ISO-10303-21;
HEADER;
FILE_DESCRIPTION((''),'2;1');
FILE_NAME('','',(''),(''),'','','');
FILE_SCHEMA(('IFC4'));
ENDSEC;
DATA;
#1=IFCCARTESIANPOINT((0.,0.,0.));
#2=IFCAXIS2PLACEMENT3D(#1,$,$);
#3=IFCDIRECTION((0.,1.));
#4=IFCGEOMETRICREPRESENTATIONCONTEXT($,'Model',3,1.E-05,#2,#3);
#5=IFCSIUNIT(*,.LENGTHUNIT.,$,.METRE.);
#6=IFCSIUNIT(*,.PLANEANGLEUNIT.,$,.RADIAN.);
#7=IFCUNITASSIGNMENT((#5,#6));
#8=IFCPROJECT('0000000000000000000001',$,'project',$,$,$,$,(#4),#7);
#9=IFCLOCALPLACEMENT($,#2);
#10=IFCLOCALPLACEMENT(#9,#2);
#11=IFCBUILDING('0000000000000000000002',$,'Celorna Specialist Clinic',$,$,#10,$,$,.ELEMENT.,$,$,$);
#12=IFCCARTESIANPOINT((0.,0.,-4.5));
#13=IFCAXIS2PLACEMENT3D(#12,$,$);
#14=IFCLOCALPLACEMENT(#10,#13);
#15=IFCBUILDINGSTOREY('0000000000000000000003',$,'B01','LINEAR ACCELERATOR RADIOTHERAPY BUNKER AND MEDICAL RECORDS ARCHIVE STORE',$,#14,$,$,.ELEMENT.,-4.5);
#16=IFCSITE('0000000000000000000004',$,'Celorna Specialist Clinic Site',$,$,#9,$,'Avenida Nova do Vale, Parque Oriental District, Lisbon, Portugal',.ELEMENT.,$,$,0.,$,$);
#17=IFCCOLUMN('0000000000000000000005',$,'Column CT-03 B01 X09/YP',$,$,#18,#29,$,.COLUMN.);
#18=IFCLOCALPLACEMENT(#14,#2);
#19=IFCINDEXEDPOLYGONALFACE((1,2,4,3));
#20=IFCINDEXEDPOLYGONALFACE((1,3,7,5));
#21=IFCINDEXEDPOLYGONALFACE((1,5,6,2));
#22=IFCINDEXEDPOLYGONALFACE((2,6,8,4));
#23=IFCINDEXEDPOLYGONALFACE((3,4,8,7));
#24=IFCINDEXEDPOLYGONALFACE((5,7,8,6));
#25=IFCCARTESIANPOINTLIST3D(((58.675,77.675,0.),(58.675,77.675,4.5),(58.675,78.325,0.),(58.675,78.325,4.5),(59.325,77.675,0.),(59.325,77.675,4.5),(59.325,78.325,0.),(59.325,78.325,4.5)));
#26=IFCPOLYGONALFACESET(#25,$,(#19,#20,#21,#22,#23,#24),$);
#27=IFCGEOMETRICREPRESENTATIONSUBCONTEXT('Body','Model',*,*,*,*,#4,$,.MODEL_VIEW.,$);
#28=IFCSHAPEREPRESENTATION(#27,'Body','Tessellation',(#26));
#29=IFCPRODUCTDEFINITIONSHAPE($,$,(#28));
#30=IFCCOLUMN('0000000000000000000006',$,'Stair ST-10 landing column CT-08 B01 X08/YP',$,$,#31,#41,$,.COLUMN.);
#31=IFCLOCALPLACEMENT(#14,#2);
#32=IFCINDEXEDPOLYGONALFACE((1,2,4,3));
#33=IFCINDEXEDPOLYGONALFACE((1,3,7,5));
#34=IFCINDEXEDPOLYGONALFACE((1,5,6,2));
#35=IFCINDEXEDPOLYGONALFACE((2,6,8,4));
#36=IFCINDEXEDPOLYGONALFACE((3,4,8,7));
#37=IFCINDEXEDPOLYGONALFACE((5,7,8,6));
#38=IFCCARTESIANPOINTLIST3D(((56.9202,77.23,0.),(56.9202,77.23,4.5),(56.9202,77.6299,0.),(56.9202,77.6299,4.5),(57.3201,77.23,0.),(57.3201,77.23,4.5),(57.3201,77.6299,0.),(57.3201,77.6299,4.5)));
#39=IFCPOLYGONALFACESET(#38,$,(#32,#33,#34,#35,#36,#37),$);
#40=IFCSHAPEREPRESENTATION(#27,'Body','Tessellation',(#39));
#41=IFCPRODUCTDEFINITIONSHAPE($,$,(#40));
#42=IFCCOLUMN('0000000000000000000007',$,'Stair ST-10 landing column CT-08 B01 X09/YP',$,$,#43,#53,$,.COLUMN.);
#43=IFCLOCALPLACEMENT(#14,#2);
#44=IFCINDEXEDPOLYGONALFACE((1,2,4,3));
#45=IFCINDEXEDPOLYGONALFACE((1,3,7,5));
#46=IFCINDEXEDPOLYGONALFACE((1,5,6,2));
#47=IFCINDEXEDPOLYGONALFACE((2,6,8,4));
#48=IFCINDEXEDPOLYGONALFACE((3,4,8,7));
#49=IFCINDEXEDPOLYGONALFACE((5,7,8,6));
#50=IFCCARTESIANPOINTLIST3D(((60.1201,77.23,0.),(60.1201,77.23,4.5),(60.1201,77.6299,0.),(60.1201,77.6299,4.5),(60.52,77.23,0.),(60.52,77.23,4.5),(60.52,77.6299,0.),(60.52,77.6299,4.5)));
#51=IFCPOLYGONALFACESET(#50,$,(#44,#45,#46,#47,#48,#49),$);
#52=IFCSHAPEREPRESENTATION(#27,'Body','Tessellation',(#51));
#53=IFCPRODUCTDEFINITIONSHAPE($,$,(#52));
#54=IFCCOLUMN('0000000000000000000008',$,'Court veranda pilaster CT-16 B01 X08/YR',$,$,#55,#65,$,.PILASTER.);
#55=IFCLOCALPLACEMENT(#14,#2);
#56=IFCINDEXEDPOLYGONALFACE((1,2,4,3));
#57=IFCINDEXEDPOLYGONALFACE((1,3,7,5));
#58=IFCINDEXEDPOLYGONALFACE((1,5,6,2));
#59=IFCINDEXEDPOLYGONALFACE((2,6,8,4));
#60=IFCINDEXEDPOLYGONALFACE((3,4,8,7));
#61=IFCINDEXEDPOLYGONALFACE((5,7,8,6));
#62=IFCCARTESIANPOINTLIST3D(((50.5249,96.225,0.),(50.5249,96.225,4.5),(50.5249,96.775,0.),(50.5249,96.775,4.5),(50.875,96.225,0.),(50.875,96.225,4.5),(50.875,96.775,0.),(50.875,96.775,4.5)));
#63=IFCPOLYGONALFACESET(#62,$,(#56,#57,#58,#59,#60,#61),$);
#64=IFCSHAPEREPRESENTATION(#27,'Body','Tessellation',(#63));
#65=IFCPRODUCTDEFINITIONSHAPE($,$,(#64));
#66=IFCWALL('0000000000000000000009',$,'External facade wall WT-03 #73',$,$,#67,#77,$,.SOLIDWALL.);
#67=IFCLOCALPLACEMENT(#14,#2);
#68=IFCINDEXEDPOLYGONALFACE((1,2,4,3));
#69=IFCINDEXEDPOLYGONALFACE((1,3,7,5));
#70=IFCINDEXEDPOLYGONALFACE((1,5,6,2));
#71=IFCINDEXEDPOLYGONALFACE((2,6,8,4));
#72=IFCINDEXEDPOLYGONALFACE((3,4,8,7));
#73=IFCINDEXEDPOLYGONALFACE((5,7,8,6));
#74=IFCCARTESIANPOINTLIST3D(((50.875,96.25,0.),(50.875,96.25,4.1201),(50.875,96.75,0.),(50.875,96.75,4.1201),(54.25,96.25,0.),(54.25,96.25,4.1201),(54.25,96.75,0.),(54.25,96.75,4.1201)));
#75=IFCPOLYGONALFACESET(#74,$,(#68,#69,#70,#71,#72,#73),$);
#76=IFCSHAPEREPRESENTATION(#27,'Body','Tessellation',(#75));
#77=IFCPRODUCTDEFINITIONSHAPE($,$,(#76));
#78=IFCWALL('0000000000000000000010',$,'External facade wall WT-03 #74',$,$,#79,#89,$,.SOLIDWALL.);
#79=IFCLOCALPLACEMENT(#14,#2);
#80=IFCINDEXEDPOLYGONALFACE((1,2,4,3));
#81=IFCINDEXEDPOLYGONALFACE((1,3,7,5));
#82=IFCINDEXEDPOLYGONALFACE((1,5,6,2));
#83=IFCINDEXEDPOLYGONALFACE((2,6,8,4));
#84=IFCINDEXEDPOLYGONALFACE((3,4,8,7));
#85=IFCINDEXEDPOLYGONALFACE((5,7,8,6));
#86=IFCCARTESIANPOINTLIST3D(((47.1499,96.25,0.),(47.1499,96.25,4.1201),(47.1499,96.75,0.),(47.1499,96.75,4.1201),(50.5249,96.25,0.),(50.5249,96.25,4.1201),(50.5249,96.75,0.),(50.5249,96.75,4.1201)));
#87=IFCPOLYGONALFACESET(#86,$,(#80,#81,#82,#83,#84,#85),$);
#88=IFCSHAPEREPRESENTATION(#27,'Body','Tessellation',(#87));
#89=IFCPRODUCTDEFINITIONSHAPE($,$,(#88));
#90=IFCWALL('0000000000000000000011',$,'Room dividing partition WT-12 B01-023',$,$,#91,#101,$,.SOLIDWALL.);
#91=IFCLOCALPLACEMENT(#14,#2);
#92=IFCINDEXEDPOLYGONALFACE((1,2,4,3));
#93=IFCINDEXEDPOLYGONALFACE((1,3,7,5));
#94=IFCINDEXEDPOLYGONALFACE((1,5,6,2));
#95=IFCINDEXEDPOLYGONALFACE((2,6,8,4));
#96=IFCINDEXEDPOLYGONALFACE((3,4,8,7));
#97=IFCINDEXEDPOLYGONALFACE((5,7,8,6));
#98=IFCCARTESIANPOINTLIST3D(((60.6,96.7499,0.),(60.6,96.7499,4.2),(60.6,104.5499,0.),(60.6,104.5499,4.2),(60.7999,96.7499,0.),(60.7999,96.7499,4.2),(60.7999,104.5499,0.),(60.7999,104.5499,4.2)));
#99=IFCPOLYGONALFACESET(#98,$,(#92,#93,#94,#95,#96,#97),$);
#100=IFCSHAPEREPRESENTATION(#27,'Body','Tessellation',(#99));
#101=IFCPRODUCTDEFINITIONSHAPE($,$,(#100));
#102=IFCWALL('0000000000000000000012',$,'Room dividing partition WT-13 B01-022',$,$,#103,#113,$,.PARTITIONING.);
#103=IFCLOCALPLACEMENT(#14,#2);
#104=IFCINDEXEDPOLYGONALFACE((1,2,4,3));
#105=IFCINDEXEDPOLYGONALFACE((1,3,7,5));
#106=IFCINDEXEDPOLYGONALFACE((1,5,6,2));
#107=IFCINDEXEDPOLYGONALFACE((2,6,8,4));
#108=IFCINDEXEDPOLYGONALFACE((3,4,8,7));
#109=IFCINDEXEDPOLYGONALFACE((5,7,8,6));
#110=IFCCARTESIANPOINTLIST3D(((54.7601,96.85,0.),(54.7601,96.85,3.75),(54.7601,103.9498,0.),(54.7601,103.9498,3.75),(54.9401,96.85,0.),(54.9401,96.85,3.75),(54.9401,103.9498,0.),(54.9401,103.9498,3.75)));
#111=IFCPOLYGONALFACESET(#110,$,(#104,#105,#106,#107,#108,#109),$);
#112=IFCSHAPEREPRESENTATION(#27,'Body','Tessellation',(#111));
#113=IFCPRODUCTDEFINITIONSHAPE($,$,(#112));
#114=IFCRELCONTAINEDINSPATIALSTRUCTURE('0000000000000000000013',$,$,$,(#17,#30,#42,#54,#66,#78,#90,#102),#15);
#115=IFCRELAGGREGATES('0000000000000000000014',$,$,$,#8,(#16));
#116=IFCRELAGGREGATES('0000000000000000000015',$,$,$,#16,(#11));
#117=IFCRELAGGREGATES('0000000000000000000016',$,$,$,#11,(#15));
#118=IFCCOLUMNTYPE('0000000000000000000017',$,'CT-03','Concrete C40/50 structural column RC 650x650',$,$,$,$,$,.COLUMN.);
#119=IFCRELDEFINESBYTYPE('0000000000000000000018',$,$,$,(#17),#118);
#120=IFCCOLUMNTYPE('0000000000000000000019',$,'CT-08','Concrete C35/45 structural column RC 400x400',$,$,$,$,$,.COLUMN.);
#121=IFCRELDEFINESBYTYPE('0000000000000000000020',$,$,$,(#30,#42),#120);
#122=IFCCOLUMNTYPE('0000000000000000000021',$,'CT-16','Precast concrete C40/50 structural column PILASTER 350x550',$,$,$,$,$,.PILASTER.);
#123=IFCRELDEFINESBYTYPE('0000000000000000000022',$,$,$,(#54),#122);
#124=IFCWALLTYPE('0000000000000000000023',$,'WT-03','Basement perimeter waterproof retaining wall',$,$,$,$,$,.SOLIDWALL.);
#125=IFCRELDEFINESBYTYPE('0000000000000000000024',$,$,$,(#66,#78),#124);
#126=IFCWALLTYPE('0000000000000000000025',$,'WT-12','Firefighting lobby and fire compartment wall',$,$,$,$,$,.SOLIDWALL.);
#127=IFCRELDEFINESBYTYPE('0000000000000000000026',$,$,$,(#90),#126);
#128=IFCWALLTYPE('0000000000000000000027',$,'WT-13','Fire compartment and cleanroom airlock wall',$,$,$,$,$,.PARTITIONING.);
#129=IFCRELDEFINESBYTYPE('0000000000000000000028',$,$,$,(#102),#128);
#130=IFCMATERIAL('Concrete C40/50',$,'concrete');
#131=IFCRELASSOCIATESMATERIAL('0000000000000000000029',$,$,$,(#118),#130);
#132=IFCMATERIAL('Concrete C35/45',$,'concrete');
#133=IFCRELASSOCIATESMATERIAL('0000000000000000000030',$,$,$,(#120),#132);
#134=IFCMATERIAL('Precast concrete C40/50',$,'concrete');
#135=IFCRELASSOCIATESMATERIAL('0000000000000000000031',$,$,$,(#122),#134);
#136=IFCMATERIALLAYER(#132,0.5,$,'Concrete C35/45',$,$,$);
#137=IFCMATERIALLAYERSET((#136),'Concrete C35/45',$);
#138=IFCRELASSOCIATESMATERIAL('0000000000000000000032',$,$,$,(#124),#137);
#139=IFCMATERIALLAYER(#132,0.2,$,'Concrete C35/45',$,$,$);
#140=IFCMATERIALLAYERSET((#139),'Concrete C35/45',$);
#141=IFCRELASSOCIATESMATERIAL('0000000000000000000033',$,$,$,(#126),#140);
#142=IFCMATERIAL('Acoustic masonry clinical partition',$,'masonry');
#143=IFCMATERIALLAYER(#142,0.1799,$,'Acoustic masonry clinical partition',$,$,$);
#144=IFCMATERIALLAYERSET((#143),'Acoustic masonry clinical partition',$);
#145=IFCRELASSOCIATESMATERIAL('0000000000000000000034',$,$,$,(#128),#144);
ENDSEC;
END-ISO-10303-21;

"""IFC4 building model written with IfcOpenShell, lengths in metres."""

from ifc_helpers import new_model, si_unit, direction, frame, frame_2d, origin, origin_2d, place, context, subcontext, project, spatial, rectangle, extrude, material, layer, layer_set, material_profile, profile_set, type_object, element, save


model = new_model("IFC4")

# Units and contexts
model_context = context("Model", 3, precision=1e-05, world=origin(), true_north=direction((0.0, 1.0)))
body_context = subcontext(model_context, "Body", "Model", "MODEL_VIEW")
ifc_project = project(units=[si_unit("LENGTHUNIT", "METRE"), si_unit("PLANEANGLEUNIT", "RADIAN")], contexts=[model_context])

# Site, building, storey
site_placement = place(None, origin())
site = spatial("IfcSite", under=ifc_project, at=site_placement, Name="Celorna Specialist Clinic Site", LongName="Avenida Nova do Vale, Parque Oriental District, Lisbon, Portugal", CompositionType="ELEMENT", RefElevation=0.0)
building_placement = place(site_placement, origin())
building = spatial("IfcBuilding", under=site, at=building_placement, Name="Celorna Specialist Clinic", CompositionType="ELEMENT")
storey_placement = place(building_placement, frame((0.0, 0.0, -4.5)))
storey = spatial("IfcBuildingStorey", under=building, at=storey_placement, Name="B01", Description="LINEAR ACCELERATOR RADIOTHERAPY BUNKER AND MEDICAL RECORDS ARCHIVE STORE", CompositionType="ELEMENT", Elevation=-4.5)

# Shared definitions
ifc_material_1 = material(Name="Concrete C35/45", Category="concrete")

# Columns
ifc_material_2 = material(Name="Concrete C40/50", Category="concrete")
ifc_material_profile_1 = material_profile(ifc_material_2, rectangle(XDim=0.6499, YDim=0.6499, at=origin_2d()), Name="RC 650x650")
ifc_profile_set_1 = profile_set([ifc_material_profile_1], Name="Concrete C40/50")
column_type_1 = type_object("IfcColumnType", Name="CT-03", Description="Concrete C40/50 structural column RC 650x650", PredefinedType="COLUMN", material=ifc_profile_set_1)
for number, where, z_axis, x_axis, name in (
    (1, (59.0, 78.0, 0.0), (0.0, 0.0, 1.0), (1.0, 0.0, 0.0), "Column CT-03 B01 X09/YP"),
):
    element("IfcColumn", number, at=place(storey_placement, frame(where, z_axis=z_axis, x_axis=x_axis)), inside=storey, type_object=column_type_1, Name=name, PredefinedType="COLUMN", context=body_context, shape_type="SweptSolid", body=[
        extrude(rectangle(XDim=0.6499, YDim=0.6499, at=origin_2d()), origin(), (0.0, 0.0, 1.0), 4.5),
    ])
ifc_material_profile_2 = material_profile(ifc_material_1, rectangle(XDim=0.3999, YDim=0.3999, at=origin_2d()), Name="RC 400x400")
ifc_profile_set_2 = profile_set([ifc_material_profile_2], Name="Concrete C35/45")
column_type_2 = type_object("IfcColumnType", Name="CT-08", Description="Concrete C35/45 structural column RC 400x400", PredefinedType="COLUMN", material=ifc_profile_set_2)
for number, where, z_axis, x_axis, name in (
    (2, (57.1201, 77.4299, 0.0), (0.0, 0.0, 1.0), (1.0, 0.0, 0.0), "Stair ST-10 landing column CT-08 B01 X08/YP"),
    (3, (60.3201, 77.4299, 0.0), (0.0, 0.0, 1.0), (1.0, 0.0, 0.0), "Stair ST-10 landing column CT-08 B01 X09/YP"),
):
    element("IfcColumn", number, at=place(storey_placement, frame(where, z_axis=z_axis, x_axis=x_axis)), inside=storey, type_object=column_type_2, Name=name, PredefinedType="COLUMN", context=body_context, shape_type="SweptSolid", body=[
        extrude(rectangle(XDim=0.3999, YDim=0.3999, at=origin_2d()), origin(), (0.0, 0.0, 1.0), 4.5),
    ])
ifc_material_3 = material(Name="Precast concrete C40/50", Category="concrete")
ifc_material_profile_3 = material_profile(ifc_material_3, rectangle(XDim=0.3501, YDim=0.55, at=origin_2d()), Name="PILASTER 350x550")
ifc_profile_set_3 = profile_set([ifc_material_profile_3], Name="Precast concrete C40/50")
column_type_3 = type_object("IfcColumnType", Name="CT-16", Description="Precast concrete C40/50 structural column PILASTER 350x550", PredefinedType="PILASTER", material=ifc_profile_set_3)
column_placement = place(storey_placement, frame((50.7, 96.5, 0.0), z_axis=(0.0, 0.0, 1.0), x_axis=(1.0, 0.0, 0.0)))
element("IfcColumn", 4, at=column_placement, inside=storey, type_object=column_type_3, Name="Court veranda pilaster CT-16 B01 X08/YR", PredefinedType="PILASTER", context=body_context, shape_type="SweptSolid", body=[
    extrude(rectangle(XDim=0.3501, YDim=0.55, at=origin_2d()), origin(), (0.0, 0.0, 1.0), 4.5),
])

# Walls
ifc_layer_1 = layer(ifc_material_1, 0.5, Name="Concrete C35/45")
ifc_layer_set_1 = layer_set([ifc_layer_1], Name="Concrete C35/45")
wall_type_1 = type_object("IfcWallType", Name="WT-03", Description="Basement perimeter waterproof retaining wall", PredefinedType="SOLIDWALL", material=ifc_layer_set_1)
for number, where, z_axis, x_axis, name in (
    (5, (54.25, 96.5, 0.0), (0.0, 0.0, 1.0), (-1.0, 0.0, 0.0), "External facade wall WT-03 #73"),
    (6, (50.5249, 96.5, 0.0), (0.0, 0.0, 1.0), (-1.0, 0.0, 0.0), "External facade wall WT-03 #74"),
):
    element("IfcWall", number, at=place(storey_placement, frame(where, z_axis=z_axis, x_axis=x_axis)), inside=storey, type_object=wall_type_1, Name=name, PredefinedType="SOLIDWALL", context=body_context, shape_type="SweptSolid", body=[
        extrude(rectangle(XDim=3.375, YDim=0.5, at=frame_2d((1.6875, 0.0))), origin(), (0.0, 0.0, 1.0), 4.1201),
    ])
ifc_layer_2 = layer(ifc_material_1, 0.2, Name="Concrete C35/45")
ifc_layer_set_2 = layer_set([ifc_layer_2], Name="Concrete C35/45")
wall_type_2 = type_object("IfcWallType", Name="WT-12", Description="Firefighting lobby and fire compartment wall", PredefinedType="SOLIDWALL", material=ifc_layer_set_2)
wall_1_placement = place(storey_placement, frame((60.7, 96.75, 0.0), z_axis=(0.0, 0.0, 1.0), x_axis=(0.0, 1.0, 0.0)))
element("IfcWall", 7, at=wall_1_placement, inside=storey, type_object=wall_type_2, Name="Room dividing partition WT-12 B01-023", PredefinedType="SOLIDWALL", context=body_context, shape_type="SweptSolid", body=[
    extrude(rectangle(XDim=7.8, YDim=0.2, at=frame_2d((3.8999, 0.0))), origin(), (0.0, 0.0, 1.0), 4.2),
])
ifc_material_4 = material(Name="Acoustic masonry clinical partition", Category="masonry")
ifc_layer_3 = layer(ifc_material_4, 0.1799, Name="Acoustic masonry clinical partition")
ifc_layer_set_3 = layer_set([ifc_layer_3], Name="Acoustic masonry clinical partition")
wall_type_3 = type_object("IfcWallType", Name="WT-13", Description="Fire compartment and cleanroom airlock wall", PredefinedType="PARTITIONING", material=ifc_layer_set_3)
wall_2_placement = place(storey_placement, frame((54.8501, 96.8501, 0.0), z_axis=(0.0, 0.0, 1.0), x_axis=(0.0, 1.0, 0.0)))
element("IfcWall", 8, at=wall_2_placement, inside=storey, type_object=wall_type_3, Name="Room dividing partition WT-13 B01-022", PredefinedType="PARTITIONING", context=body_context, shape_type="SweptSolid", body=[
    extrude(rectangle(XDim=7.0999, YDim=0.1799, at=frame_2d((3.5498, 0.0))), origin(), (0.0, 0.0, 1.0), 3.75),
])

save(model, "model.ifc")
